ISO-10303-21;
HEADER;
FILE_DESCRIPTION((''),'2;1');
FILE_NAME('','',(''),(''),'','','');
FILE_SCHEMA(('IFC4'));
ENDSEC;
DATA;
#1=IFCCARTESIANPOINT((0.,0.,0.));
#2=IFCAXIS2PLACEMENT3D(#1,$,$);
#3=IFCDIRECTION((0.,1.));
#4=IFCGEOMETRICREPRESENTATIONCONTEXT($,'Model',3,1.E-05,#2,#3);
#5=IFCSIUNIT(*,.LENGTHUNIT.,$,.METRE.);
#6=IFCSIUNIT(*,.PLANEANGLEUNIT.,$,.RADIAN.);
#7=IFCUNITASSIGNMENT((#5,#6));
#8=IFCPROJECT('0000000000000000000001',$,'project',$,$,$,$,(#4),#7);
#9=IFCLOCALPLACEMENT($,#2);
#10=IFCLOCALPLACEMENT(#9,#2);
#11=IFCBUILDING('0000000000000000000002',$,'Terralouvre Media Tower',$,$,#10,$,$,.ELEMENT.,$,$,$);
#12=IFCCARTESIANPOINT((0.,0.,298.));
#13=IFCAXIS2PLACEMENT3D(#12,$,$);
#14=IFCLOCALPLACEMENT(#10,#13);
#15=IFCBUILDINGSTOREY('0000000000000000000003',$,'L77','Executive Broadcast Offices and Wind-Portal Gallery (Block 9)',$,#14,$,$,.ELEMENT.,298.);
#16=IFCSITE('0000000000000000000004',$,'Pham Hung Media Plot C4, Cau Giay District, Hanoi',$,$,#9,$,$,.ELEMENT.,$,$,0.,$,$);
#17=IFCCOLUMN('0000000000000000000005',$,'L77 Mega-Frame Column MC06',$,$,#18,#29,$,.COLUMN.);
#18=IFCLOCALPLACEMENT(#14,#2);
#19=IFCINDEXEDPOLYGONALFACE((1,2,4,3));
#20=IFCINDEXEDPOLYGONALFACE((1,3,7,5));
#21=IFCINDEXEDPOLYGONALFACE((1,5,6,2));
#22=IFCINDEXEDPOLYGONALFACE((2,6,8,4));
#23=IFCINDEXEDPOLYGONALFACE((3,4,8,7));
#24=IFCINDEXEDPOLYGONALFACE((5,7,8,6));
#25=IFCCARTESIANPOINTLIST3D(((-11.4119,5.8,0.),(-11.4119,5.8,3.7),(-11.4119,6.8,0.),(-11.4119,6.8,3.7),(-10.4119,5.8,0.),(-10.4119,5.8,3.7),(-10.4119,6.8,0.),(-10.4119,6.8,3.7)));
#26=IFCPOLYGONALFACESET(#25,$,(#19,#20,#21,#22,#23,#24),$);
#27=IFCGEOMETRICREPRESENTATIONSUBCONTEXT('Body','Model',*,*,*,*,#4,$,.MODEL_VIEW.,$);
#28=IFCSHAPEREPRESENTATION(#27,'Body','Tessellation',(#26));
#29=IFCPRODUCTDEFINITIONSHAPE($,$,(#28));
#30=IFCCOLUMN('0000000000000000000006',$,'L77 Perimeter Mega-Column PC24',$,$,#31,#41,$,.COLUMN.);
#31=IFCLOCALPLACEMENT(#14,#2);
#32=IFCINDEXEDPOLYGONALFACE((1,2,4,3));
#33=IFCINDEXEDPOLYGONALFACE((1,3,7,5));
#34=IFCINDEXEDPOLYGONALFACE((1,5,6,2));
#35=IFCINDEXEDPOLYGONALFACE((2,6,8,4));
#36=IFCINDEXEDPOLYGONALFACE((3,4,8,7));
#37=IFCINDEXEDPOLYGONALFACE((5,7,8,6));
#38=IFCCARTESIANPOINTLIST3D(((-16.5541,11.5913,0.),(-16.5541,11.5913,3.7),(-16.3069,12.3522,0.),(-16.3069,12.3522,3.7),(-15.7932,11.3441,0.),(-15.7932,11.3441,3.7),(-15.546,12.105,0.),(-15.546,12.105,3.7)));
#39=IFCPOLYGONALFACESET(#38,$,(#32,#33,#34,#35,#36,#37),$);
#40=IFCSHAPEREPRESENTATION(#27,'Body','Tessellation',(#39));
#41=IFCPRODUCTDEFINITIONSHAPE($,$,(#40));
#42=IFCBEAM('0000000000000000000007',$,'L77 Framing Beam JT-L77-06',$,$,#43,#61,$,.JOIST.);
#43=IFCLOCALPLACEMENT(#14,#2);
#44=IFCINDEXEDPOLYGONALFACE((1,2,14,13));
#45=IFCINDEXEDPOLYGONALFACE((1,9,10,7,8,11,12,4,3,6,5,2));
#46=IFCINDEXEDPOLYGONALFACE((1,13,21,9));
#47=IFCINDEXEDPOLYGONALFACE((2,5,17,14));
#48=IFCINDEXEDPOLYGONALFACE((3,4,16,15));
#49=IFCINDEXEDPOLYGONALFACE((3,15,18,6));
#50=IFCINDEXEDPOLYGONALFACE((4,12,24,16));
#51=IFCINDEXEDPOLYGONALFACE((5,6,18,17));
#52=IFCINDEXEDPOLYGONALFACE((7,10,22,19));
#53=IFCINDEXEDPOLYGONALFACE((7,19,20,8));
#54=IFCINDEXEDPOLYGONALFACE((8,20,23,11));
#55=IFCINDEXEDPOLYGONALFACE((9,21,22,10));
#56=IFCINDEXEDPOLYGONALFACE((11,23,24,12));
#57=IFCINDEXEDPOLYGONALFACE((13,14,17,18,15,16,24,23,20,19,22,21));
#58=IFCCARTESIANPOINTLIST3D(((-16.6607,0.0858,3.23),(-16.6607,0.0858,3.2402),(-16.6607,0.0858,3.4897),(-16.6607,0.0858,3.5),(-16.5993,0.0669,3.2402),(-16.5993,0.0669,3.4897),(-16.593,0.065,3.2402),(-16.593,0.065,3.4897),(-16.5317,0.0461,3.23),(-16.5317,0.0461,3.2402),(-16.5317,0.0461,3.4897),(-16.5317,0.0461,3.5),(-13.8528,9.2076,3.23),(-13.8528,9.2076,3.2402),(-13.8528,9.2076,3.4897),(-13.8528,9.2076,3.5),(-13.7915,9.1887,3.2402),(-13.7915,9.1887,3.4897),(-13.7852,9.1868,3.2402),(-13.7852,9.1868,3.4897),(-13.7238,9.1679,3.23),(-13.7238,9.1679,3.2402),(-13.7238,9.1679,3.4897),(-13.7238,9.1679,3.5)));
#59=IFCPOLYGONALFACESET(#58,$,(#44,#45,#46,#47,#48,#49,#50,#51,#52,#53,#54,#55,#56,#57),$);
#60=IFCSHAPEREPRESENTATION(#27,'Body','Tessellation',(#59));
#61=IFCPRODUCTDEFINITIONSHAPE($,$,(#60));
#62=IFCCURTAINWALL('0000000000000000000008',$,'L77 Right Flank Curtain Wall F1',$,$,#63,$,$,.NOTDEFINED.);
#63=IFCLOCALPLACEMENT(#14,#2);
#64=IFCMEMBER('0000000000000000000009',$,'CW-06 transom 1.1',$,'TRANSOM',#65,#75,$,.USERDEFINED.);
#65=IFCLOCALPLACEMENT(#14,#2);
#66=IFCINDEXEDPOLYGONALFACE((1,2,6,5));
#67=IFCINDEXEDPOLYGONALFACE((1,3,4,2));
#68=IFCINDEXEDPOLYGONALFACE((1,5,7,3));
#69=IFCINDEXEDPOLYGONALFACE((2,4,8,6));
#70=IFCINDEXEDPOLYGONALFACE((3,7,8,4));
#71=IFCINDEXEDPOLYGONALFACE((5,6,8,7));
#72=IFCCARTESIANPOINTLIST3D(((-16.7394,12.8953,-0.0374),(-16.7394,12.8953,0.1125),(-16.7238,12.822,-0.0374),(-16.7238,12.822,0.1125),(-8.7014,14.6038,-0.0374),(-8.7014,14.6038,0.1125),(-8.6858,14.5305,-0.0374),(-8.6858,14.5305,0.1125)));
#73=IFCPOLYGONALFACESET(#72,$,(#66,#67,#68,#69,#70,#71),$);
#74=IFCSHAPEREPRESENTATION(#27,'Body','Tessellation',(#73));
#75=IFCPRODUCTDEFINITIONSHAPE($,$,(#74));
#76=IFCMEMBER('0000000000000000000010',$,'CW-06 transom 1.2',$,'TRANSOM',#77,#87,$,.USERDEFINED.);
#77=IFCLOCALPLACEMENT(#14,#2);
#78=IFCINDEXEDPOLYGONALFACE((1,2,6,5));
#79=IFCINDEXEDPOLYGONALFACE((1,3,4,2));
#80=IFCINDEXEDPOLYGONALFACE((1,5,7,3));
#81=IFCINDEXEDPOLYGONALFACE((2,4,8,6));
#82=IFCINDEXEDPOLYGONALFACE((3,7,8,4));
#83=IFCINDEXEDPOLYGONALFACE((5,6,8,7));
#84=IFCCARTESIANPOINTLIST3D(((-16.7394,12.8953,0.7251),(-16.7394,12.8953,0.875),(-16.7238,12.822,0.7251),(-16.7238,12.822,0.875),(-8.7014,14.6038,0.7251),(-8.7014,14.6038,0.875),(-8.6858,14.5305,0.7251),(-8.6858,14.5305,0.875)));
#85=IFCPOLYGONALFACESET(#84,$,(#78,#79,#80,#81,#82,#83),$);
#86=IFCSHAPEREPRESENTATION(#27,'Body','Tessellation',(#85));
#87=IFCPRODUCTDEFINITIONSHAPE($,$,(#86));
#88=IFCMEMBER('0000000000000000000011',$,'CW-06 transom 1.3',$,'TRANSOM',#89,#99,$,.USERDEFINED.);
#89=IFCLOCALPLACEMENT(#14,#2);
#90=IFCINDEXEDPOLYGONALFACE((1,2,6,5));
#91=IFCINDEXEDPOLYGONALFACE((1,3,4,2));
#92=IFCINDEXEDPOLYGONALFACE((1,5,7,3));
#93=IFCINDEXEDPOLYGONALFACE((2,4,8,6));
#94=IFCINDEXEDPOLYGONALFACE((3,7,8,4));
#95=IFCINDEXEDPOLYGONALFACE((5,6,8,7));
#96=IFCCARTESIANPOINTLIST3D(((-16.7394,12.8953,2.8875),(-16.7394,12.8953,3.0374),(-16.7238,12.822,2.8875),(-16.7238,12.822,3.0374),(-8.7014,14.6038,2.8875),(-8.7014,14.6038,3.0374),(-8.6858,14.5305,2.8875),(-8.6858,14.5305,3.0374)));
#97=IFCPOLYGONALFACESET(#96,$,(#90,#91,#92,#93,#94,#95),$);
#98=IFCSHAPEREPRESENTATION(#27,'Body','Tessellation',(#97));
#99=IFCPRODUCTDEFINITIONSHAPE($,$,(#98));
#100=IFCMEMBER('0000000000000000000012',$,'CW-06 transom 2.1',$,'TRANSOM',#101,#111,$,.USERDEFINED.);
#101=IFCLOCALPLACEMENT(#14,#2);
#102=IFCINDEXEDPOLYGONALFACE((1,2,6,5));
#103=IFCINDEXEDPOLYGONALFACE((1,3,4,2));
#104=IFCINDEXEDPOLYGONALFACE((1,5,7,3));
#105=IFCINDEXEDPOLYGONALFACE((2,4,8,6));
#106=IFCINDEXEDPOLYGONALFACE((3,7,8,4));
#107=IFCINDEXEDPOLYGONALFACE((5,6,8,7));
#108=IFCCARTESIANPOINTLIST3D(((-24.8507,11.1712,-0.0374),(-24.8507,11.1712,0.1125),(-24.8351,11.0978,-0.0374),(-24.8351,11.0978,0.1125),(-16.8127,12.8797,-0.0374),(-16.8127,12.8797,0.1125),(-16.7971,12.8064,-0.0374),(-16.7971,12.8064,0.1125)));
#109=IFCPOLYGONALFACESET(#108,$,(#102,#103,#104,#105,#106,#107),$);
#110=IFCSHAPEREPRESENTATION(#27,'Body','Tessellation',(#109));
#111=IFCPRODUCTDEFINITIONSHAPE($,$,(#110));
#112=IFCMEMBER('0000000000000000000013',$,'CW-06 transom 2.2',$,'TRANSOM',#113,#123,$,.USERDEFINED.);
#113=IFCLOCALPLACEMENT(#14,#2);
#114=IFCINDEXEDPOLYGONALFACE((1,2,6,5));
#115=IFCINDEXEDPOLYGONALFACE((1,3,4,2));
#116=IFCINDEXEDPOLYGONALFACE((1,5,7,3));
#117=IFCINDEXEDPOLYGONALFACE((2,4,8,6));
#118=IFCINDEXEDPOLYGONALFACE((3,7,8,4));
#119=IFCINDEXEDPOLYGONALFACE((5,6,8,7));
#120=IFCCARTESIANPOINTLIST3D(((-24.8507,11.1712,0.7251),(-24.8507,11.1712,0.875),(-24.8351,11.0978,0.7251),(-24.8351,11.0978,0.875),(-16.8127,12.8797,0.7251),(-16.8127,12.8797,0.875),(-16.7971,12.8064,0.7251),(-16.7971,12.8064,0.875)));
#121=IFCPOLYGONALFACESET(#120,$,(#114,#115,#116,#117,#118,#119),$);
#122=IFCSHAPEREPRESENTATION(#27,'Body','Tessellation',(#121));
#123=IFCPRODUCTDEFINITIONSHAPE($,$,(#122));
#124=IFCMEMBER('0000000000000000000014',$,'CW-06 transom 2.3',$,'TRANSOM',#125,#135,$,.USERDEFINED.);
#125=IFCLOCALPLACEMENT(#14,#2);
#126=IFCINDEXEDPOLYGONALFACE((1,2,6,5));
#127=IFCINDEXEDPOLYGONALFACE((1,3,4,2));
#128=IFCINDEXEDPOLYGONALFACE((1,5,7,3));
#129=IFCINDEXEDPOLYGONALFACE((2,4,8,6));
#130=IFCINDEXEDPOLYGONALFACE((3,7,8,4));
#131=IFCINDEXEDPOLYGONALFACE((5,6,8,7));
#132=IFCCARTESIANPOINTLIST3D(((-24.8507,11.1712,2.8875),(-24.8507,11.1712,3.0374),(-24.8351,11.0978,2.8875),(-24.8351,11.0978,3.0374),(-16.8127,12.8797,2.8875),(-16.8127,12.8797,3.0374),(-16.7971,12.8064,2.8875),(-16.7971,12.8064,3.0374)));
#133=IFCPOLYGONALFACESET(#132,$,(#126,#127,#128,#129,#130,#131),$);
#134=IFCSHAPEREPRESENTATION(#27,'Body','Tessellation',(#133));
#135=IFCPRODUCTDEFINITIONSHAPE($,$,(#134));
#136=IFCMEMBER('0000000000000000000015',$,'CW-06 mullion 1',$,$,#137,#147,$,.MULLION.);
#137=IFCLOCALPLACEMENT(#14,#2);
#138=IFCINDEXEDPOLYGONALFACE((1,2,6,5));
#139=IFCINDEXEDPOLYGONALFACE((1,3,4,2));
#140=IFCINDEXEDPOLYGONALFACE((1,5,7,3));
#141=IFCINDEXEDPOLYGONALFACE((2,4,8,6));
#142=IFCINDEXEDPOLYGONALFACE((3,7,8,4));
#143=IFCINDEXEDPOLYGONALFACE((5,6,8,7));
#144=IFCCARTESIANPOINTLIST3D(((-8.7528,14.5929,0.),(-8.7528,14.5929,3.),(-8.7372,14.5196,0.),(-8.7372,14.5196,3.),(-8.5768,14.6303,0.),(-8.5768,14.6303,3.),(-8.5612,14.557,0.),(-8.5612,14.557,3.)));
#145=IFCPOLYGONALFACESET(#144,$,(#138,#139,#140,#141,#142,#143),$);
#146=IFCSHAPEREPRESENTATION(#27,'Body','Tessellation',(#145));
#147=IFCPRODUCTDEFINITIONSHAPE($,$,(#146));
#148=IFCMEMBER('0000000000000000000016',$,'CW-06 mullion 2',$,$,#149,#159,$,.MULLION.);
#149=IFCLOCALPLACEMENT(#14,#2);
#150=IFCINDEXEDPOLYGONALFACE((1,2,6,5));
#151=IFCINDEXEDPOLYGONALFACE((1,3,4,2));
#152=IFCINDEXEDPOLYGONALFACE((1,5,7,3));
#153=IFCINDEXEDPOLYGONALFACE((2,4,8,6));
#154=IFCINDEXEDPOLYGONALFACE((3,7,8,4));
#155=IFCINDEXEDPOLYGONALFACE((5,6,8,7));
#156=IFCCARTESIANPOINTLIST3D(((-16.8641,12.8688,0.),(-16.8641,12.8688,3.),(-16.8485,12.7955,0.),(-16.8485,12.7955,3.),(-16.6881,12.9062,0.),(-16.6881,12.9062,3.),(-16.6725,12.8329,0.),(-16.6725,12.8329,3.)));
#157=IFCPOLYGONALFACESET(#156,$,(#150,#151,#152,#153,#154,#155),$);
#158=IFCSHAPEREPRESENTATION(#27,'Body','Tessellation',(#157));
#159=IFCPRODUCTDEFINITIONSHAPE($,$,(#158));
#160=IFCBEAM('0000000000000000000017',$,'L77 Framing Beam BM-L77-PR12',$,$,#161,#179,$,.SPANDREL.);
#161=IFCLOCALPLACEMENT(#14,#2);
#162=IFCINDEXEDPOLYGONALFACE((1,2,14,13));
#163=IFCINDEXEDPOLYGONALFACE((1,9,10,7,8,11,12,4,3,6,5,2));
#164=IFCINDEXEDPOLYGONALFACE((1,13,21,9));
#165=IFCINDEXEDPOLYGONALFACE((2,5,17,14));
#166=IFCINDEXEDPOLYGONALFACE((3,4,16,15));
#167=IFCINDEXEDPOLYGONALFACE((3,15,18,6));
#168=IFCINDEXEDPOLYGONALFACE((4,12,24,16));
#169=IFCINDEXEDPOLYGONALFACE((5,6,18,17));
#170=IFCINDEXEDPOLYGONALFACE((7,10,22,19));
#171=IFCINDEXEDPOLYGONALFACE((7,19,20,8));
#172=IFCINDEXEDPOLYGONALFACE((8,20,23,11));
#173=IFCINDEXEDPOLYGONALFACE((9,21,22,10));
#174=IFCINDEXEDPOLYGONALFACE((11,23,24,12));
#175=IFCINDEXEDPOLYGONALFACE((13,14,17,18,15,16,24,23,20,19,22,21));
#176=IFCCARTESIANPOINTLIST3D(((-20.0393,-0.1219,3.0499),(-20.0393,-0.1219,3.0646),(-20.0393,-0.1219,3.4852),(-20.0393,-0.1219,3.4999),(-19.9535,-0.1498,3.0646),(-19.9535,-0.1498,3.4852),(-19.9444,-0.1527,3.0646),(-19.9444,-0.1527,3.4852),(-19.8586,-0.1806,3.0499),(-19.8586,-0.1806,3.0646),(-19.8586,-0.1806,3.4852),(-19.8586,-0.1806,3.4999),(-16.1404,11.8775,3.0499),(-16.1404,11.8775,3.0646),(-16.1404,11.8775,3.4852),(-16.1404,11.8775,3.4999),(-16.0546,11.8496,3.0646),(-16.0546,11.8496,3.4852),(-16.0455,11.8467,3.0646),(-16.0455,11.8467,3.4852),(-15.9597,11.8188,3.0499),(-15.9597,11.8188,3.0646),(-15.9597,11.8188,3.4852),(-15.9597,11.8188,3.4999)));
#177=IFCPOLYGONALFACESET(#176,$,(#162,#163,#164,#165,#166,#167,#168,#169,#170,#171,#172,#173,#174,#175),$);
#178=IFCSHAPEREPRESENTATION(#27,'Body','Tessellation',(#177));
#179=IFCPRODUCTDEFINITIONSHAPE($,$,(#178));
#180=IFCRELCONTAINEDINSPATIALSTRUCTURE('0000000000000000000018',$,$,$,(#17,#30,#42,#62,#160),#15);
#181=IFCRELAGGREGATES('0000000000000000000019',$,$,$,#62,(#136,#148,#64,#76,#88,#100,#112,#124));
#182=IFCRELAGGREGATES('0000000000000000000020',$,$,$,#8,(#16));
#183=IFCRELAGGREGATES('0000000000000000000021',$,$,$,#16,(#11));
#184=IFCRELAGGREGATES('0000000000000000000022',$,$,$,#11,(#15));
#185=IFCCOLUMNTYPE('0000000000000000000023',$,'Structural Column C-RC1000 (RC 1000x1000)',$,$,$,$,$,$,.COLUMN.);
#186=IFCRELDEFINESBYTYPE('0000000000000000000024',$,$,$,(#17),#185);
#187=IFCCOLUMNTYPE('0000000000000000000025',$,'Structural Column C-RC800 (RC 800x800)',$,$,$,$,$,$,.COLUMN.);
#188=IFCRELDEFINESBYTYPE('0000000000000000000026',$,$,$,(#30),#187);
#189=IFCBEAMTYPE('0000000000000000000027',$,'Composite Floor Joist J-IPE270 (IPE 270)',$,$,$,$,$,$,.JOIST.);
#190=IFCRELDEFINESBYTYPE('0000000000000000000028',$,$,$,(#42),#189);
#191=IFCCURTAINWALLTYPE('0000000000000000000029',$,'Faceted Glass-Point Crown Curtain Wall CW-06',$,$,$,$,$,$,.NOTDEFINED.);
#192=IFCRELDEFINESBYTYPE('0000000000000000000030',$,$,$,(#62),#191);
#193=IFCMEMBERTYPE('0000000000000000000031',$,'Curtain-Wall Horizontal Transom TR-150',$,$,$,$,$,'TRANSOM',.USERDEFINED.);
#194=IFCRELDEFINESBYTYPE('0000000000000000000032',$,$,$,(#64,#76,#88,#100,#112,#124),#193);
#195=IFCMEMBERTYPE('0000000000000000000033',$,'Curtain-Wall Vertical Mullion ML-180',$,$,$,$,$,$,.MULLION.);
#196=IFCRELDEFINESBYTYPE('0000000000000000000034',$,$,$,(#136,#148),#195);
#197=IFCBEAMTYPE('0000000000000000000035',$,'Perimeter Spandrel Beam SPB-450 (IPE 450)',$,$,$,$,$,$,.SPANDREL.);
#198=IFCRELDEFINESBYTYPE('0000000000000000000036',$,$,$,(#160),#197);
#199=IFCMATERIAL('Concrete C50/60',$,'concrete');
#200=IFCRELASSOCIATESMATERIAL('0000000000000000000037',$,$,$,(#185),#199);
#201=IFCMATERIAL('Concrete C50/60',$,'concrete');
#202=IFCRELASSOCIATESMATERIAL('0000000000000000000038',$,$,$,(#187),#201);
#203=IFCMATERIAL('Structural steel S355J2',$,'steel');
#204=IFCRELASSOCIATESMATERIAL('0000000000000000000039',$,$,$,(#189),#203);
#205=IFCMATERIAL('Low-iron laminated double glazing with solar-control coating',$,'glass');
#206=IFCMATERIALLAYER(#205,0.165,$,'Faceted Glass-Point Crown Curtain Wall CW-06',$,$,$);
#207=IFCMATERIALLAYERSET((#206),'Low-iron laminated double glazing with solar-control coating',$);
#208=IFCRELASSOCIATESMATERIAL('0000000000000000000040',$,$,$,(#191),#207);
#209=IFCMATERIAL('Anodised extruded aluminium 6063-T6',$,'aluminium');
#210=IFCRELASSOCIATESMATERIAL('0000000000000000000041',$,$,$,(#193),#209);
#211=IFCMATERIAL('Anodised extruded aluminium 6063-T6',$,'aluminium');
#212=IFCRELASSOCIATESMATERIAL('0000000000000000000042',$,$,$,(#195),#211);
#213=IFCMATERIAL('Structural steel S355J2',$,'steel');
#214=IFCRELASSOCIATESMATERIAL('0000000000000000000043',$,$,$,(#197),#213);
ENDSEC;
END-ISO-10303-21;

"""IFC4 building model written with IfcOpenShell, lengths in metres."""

from ifc_helpers import new_model, si_unit, direction, frame, origin, origin_2d, place, context, subcontext, project, spatial, rectangle, i_section, extrude, material, layer, layer_set, material_profile, profile_set, type_object, element, aggregate, save


model = new_model("IFC4")

# Units and contexts
model_context = context("Model", 3, precision=1e-05, world=origin(), true_north=direction((0.0, 1.0)))
body_context = subcontext(model_context, "Body", "Model", "MODEL_VIEW")
ifc_project = project(units=[si_unit("LENGTHUNIT", "METRE"), si_unit("PLANEANGLEUNIT", "RADIAN")], contexts=[model_context])

# Site, building, storey
site_placement = place(None, origin())
site = spatial("IfcSite", under=ifc_project, at=site_placement, Name="Pham Hung Media Plot C4, Cau Giay District, Hanoi", CompositionType="ELEMENT", RefElevation=0.0)
building_placement = place(site_placement, origin())
building = spatial("IfcBuilding", under=site, at=building_placement, Name="Terralouvre Media Tower", CompositionType="ELEMENT")
storey_placement = place(building_placement, frame((0.0, 0.0, 298.0)))
storey = spatial("IfcBuildingStorey", under=building, at=storey_placement, Name="L77", Description="Executive Broadcast Offices and Wind-Portal Gallery (Block 9)", CompositionType="ELEMENT", Elevation=298.0)

# Columns
ifc_material_1 = material(Name="Concrete C50/60", Category="concrete")
ifc_material_profile_1 = material_profile(ifc_material_1, rectangle(XDim=1.0, YDim=1.0, at=origin_2d()), Name="RC 1000x1000")
ifc_profile_set_1 = profile_set([ifc_material_profile_1], Name="Concrete C50/60")
column_type_1 = type_object("IfcColumnType", Name="Structural Column C-RC1000 (RC 1000x1000)", PredefinedType="COLUMN", material=ifc_profile_set_1)
column_1_placement = place(storey_placement, frame((-10.9119, 6.3, 0.0), z_axis=(0.0, 0.0, 1.0), x_axis=(1.0, 0.0, 0.0)))
element("IfcColumn", 1, at=column_1_placement, inside=storey, type_object=column_type_1, Name="L77 Mega-Frame Column MC06", PredefinedType="COLUMN", context=body_context, shape_type="SweptSolid", body=[
    extrude(rectangle(XDim=1.0, YDim=1.0, at=origin_2d()), origin(), (0.0, 0.0, 1.0), 3.7),
])
ifc_material_2 = material(Name="Concrete C50/60", Category="concrete")
ifc_material_profile_2 = material_profile(ifc_material_2, rectangle(XDim=0.8, YDim=0.8, at=origin_2d()), Name="RC 800x800")
ifc_profile_set_2 = profile_set([ifc_material_profile_2], Name="Concrete C50/60")
column_type_2 = type_object("IfcColumnType", Name="Structural Column C-RC800 (RC 800x800)", PredefinedType="COLUMN", material=ifc_profile_set_2)
column_2_placement = place(storey_placement, frame((-16.05, 11.8481, 0.0), z_axis=(0.0, 0.0, 1.0), x_axis=(0.309017, 0.951057, 0.0)))
element("IfcColumn", 2, at=column_2_placement, inside=storey, type_object=column_type_2, Name="L77 Perimeter Mega-Column PC24", PredefinedType="COLUMN", context=body_context, shape_type="SweptSolid", body=[
    extrude(rectangle(XDim=0.8, YDim=0.8, at=origin_2d()), origin(), (0.0, 0.0, 1.0), 3.7),
])

# Beam
ifc_material_3 = material(Name="Structural steel S355J2", Category="steel")
ifc_material_profile_3 = material_profile(ifc_material_3, i_section(OverallWidth=0.135, OverallDepth=0.27, WebThickness=0.0066, FlangeThickness=0.0103, at=origin_2d()), Name="IPE 270")
ifc_profile_set_3 = profile_set([ifc_material_profile_3], Name="Structural steel S355J2")
beam_type_1 = type_object("IfcBeamType", Name="Composite Floor Joist J-IPE270 (IPE 270)", PredefinedType="JOIST", material=ifc_profile_set_3)
beam_1_placement = place(storey_placement, frame((-13.7883, 9.1877, 3.365), z_axis=(-0.294195, -0.955745, 0.0), x_axis=(0.955745, -0.294195, 0.0)))
element("IfcBeam", 3, at=beam_1_placement, inside=storey, type_object=beam_type_1, Name="L77 Framing Beam JT-L77-06", PredefinedType="JOIST", context=body_context, shape_type="SweptSolid", body=[
    extrude(i_section(OverallWidth=0.135, OverallDepth=0.27, WebThickness=0.0066, FlangeThickness=0.0103, at=origin_2d()), origin(), (0.0, 0.0, 1.0), 9.5442),
])

# Curtain wall, members
ifc_material_4 = material(Name="Low-iron laminated double glazing with solar-control coating", Category="glass")
ifc_layer_1 = layer(ifc_material_4, 0.165, Name="Faceted Glass-Point Crown Curtain Wall CW-06")
ifc_layer_set_1 = layer_set([ifc_layer_1], Name="Low-iron laminated double glazing with solar-control coating")
curtain_wall_type = type_object("IfcCurtainWallType", Name="Faceted Glass-Point Crown Curtain Wall CW-06", PredefinedType="NOTDEFINED", material=ifc_layer_set_1)
curtain_wall_placement = place(storey_placement, origin())
curtain_wall = element("IfcCurtainWall", 4, at=curtain_wall_placement, inside=storey, type_object=curtain_wall_type, Name="L77 Right Flank Curtain Wall F1", PredefinedType="NOTDEFINED")
ifc_material_5 = material(Name="Anodised extruded aluminium 6063-T6", Category="aluminium")
ifc_material_profile_4 = material_profile(ifc_material_5, rectangle(XDim=0.075, YDim=0.1499, at=origin_2d()), Name="ALU 75x150")
ifc_profile_set_4 = profile_set([ifc_material_profile_4], Name="Anodised extruded aluminium 6063-T6")
member_type_1 = type_object("IfcMemberType", Name="Curtain-Wall Horizontal Transom TR-150", ElementType="TRANSOM", PredefinedType="USERDEFINED", material=ifc_profile_set_4)
member_1_placement = place(storey_placement, frame((-8.6936, 14.5671, 0.0376), z_axis=(-0.978149, -0.207906, 0.0), x_axis=(0.207906, -0.978149, 0.0)))
member_1 = element("IfcMember", 5, at=member_1_placement, type_object=member_type_1, Name="CW-06 transom 1.1", ObjectType="TRANSOM", PredefinedType="USERDEFINED", context=body_context, shape_type="SweptSolid", body=[
    extrude(rectangle(XDim=0.075, YDim=0.1499, at=origin_2d()), origin(), (0.0, 0.0, 1.0), 8.2175),
])
member_2_placement = place(storey_placement, frame((-8.6936, 14.5671, 0.8), z_axis=(-0.978149, -0.207906, 0.0), x_axis=(0.207906, -0.978149, 0.0)))
member_2 = element("IfcMember", 6, at=member_2_placement, type_object=member_type_1, Name="CW-06 transom 1.2", ObjectType="TRANSOM", PredefinedType="USERDEFINED", context=body_context, shape_type="SweptSolid", body=[
    extrude(rectangle(XDim=0.075, YDim=0.1499, at=origin_2d()), origin(), (0.0, 0.0, 1.0), 8.2175),
])
member_3_placement = place(storey_placement, frame((-8.6936, 14.5671, 2.9624), z_axis=(-0.978149, -0.207906, 0.0), x_axis=(0.207906, -0.978149, 0.0)))
member_3 = element("IfcMember", 7, at=member_3_placement, type_object=member_type_1, Name="CW-06 transom 1.3", ObjectType="TRANSOM", PredefinedType="USERDEFINED", context=body_context, shape_type="SweptSolid", body=[
    extrude(rectangle(XDim=0.075, YDim=0.1499, at=origin_2d()), origin(), (0.0, 0.0, 1.0), 8.2175),
])
member_4_placement = place(storey_placement, frame((-16.8049, 12.843, 0.0376), z_axis=(-0.978148, -0.207912, 0.0), x_axis=(0.207912, -0.978148, 0.0)))
member_4 = element("IfcMember", 8, at=member_4_placement, type_object=member_type_1, Name="CW-06 transom 2.1", ObjectType="TRANSOM", PredefinedType="USERDEFINED", context=body_context, shape_type="SweptSolid", body=[
    extrude(rectangle(XDim=0.075, YDim=0.1499, at=origin_2d()), origin(), (0.0, 0.0, 1.0), 8.2175),
])
member_5_placement = place(storey_placement, frame((-16.8049, 12.843, 0.8), z_axis=(-0.978148, -0.207912, 0.0), x_axis=(0.207912, -0.978148, 0.0)))
member_5 = element("IfcMember", 9, at=member_5_placement, type_object=member_type_1, Name="CW-06 transom 2.2", ObjectType="TRANSOM", PredefinedType="USERDEFINED", context=body_context, shape_type="SweptSolid", body=[
    extrude(rectangle(XDim=0.075, YDim=0.1499, at=origin_2d()), origin(), (0.0, 0.0, 1.0), 8.2175),
])
member_6_placement = place(storey_placement, frame((-16.8049, 12.843, 2.9624), z_axis=(-0.978148, -0.207912, 0.0), x_axis=(0.207912, -0.978148, 0.0)))
member_6 = element("IfcMember", 10, at=member_6_placement, type_object=member_type_1, Name="CW-06 transom 2.3", ObjectType="TRANSOM", PredefinedType="USERDEFINED", context=body_context, shape_type="SweptSolid", body=[
    extrude(rectangle(XDim=0.075, YDim=0.1499, at=origin_2d()), origin(), (0.0, 0.0, 1.0), 8.2175),
])
ifc_material_6 = material(Name="Anodised extruded aluminium 6063-T6", Category="aluminium")
ifc_material_profile_5 = material_profile(ifc_material_6, rectangle(XDim=0.075, YDim=0.1799, at=origin_2d()), Name="ALU 75x180")
ifc_profile_set_5 = profile_set([ifc_material_profile_5], Name="Anodised extruded aluminium 6063-T6")
member_type_2 = type_object("IfcMemberType", Name="Curtain-Wall Vertical Mullion ML-180", PredefinedType="MULLION", material=ifc_profile_set_5)
member_7_placement = place(storey_placement, frame((-8.657, 14.575, 0.0), z_axis=(0.0, 0.0, 1.0), x_axis=(0.207911, -0.978148, 0.0)))
member_7 = element("IfcMember", 11, at=member_7_placement, type_object=member_type_2, Name="CW-06 mullion 1", PredefinedType="MULLION", context=body_context, shape_type="SweptSolid", body=[
    extrude(rectangle(XDim=0.075, YDim=0.1799, at=origin_2d()), origin(), (0.0, 0.0, 1.0), 3.0),
])
member_8_placement = place(storey_placement, frame((-16.7683, 12.8508, 0.0), z_axis=(0.0, 0.0, 1.0), x_axis=(0.207911, -0.978148, 0.0)))
member_8 = element("IfcMember", 12, at=member_8_placement, type_object=member_type_2, Name="CW-06 mullion 2", PredefinedType="MULLION", context=body_context, shape_type="SweptSolid", body=[
    extrude(rectangle(XDim=0.075, YDim=0.1799, at=origin_2d()), origin(), (0.0, 0.0, 1.0), 3.0),
])

# Beam
ifc_material_7 = material(Name="Structural steel S355J2", Category="steel")
ifc_material_profile_6 = material_profile(ifc_material_7, i_section(OverallWidth=0.1899, OverallDepth=0.45, WebThickness=0.0095, FlangeThickness=0.0146, at=origin_2d()), Name="IPE 450")
ifc_profile_set_6 = profile_set([ifc_material_profile_6], Name="Structural steel S355J2")
beam_type_2 = type_object("IfcBeamType", Name="Perimeter Spandrel Beam SPB-450 (IPE 450)", PredefinedType="SPANDREL", material=ifc_profile_set_6)
beam_2_placement = place(storey_placement, frame((-16.05, 11.8481, 3.2749), z_axis=(-0.30902, -0.951055, 0.0), x_axis=(0.951055, -0.30902, 0.0)))
element("IfcBeam", 13, at=beam_2_placement, inside=storey, type_object=beam_type_2, Name="L77 Framing Beam BM-L77-PR12", PredefinedType="SPANDREL", context=body_context, shape_type="SweptSolid", body=[
    extrude(i_section(OverallWidth=0.1899, OverallDepth=0.45, WebThickness=0.0095, FlangeThickness=0.0146, at=origin_2d()), origin(), (0.0, 0.0, 1.0), 12.6169),
])

aggregate(curtain_wall, [member_7, member_8, member_1, member_2, member_3, member_4, member_5, member_6])

save(model, "model.ifc")
